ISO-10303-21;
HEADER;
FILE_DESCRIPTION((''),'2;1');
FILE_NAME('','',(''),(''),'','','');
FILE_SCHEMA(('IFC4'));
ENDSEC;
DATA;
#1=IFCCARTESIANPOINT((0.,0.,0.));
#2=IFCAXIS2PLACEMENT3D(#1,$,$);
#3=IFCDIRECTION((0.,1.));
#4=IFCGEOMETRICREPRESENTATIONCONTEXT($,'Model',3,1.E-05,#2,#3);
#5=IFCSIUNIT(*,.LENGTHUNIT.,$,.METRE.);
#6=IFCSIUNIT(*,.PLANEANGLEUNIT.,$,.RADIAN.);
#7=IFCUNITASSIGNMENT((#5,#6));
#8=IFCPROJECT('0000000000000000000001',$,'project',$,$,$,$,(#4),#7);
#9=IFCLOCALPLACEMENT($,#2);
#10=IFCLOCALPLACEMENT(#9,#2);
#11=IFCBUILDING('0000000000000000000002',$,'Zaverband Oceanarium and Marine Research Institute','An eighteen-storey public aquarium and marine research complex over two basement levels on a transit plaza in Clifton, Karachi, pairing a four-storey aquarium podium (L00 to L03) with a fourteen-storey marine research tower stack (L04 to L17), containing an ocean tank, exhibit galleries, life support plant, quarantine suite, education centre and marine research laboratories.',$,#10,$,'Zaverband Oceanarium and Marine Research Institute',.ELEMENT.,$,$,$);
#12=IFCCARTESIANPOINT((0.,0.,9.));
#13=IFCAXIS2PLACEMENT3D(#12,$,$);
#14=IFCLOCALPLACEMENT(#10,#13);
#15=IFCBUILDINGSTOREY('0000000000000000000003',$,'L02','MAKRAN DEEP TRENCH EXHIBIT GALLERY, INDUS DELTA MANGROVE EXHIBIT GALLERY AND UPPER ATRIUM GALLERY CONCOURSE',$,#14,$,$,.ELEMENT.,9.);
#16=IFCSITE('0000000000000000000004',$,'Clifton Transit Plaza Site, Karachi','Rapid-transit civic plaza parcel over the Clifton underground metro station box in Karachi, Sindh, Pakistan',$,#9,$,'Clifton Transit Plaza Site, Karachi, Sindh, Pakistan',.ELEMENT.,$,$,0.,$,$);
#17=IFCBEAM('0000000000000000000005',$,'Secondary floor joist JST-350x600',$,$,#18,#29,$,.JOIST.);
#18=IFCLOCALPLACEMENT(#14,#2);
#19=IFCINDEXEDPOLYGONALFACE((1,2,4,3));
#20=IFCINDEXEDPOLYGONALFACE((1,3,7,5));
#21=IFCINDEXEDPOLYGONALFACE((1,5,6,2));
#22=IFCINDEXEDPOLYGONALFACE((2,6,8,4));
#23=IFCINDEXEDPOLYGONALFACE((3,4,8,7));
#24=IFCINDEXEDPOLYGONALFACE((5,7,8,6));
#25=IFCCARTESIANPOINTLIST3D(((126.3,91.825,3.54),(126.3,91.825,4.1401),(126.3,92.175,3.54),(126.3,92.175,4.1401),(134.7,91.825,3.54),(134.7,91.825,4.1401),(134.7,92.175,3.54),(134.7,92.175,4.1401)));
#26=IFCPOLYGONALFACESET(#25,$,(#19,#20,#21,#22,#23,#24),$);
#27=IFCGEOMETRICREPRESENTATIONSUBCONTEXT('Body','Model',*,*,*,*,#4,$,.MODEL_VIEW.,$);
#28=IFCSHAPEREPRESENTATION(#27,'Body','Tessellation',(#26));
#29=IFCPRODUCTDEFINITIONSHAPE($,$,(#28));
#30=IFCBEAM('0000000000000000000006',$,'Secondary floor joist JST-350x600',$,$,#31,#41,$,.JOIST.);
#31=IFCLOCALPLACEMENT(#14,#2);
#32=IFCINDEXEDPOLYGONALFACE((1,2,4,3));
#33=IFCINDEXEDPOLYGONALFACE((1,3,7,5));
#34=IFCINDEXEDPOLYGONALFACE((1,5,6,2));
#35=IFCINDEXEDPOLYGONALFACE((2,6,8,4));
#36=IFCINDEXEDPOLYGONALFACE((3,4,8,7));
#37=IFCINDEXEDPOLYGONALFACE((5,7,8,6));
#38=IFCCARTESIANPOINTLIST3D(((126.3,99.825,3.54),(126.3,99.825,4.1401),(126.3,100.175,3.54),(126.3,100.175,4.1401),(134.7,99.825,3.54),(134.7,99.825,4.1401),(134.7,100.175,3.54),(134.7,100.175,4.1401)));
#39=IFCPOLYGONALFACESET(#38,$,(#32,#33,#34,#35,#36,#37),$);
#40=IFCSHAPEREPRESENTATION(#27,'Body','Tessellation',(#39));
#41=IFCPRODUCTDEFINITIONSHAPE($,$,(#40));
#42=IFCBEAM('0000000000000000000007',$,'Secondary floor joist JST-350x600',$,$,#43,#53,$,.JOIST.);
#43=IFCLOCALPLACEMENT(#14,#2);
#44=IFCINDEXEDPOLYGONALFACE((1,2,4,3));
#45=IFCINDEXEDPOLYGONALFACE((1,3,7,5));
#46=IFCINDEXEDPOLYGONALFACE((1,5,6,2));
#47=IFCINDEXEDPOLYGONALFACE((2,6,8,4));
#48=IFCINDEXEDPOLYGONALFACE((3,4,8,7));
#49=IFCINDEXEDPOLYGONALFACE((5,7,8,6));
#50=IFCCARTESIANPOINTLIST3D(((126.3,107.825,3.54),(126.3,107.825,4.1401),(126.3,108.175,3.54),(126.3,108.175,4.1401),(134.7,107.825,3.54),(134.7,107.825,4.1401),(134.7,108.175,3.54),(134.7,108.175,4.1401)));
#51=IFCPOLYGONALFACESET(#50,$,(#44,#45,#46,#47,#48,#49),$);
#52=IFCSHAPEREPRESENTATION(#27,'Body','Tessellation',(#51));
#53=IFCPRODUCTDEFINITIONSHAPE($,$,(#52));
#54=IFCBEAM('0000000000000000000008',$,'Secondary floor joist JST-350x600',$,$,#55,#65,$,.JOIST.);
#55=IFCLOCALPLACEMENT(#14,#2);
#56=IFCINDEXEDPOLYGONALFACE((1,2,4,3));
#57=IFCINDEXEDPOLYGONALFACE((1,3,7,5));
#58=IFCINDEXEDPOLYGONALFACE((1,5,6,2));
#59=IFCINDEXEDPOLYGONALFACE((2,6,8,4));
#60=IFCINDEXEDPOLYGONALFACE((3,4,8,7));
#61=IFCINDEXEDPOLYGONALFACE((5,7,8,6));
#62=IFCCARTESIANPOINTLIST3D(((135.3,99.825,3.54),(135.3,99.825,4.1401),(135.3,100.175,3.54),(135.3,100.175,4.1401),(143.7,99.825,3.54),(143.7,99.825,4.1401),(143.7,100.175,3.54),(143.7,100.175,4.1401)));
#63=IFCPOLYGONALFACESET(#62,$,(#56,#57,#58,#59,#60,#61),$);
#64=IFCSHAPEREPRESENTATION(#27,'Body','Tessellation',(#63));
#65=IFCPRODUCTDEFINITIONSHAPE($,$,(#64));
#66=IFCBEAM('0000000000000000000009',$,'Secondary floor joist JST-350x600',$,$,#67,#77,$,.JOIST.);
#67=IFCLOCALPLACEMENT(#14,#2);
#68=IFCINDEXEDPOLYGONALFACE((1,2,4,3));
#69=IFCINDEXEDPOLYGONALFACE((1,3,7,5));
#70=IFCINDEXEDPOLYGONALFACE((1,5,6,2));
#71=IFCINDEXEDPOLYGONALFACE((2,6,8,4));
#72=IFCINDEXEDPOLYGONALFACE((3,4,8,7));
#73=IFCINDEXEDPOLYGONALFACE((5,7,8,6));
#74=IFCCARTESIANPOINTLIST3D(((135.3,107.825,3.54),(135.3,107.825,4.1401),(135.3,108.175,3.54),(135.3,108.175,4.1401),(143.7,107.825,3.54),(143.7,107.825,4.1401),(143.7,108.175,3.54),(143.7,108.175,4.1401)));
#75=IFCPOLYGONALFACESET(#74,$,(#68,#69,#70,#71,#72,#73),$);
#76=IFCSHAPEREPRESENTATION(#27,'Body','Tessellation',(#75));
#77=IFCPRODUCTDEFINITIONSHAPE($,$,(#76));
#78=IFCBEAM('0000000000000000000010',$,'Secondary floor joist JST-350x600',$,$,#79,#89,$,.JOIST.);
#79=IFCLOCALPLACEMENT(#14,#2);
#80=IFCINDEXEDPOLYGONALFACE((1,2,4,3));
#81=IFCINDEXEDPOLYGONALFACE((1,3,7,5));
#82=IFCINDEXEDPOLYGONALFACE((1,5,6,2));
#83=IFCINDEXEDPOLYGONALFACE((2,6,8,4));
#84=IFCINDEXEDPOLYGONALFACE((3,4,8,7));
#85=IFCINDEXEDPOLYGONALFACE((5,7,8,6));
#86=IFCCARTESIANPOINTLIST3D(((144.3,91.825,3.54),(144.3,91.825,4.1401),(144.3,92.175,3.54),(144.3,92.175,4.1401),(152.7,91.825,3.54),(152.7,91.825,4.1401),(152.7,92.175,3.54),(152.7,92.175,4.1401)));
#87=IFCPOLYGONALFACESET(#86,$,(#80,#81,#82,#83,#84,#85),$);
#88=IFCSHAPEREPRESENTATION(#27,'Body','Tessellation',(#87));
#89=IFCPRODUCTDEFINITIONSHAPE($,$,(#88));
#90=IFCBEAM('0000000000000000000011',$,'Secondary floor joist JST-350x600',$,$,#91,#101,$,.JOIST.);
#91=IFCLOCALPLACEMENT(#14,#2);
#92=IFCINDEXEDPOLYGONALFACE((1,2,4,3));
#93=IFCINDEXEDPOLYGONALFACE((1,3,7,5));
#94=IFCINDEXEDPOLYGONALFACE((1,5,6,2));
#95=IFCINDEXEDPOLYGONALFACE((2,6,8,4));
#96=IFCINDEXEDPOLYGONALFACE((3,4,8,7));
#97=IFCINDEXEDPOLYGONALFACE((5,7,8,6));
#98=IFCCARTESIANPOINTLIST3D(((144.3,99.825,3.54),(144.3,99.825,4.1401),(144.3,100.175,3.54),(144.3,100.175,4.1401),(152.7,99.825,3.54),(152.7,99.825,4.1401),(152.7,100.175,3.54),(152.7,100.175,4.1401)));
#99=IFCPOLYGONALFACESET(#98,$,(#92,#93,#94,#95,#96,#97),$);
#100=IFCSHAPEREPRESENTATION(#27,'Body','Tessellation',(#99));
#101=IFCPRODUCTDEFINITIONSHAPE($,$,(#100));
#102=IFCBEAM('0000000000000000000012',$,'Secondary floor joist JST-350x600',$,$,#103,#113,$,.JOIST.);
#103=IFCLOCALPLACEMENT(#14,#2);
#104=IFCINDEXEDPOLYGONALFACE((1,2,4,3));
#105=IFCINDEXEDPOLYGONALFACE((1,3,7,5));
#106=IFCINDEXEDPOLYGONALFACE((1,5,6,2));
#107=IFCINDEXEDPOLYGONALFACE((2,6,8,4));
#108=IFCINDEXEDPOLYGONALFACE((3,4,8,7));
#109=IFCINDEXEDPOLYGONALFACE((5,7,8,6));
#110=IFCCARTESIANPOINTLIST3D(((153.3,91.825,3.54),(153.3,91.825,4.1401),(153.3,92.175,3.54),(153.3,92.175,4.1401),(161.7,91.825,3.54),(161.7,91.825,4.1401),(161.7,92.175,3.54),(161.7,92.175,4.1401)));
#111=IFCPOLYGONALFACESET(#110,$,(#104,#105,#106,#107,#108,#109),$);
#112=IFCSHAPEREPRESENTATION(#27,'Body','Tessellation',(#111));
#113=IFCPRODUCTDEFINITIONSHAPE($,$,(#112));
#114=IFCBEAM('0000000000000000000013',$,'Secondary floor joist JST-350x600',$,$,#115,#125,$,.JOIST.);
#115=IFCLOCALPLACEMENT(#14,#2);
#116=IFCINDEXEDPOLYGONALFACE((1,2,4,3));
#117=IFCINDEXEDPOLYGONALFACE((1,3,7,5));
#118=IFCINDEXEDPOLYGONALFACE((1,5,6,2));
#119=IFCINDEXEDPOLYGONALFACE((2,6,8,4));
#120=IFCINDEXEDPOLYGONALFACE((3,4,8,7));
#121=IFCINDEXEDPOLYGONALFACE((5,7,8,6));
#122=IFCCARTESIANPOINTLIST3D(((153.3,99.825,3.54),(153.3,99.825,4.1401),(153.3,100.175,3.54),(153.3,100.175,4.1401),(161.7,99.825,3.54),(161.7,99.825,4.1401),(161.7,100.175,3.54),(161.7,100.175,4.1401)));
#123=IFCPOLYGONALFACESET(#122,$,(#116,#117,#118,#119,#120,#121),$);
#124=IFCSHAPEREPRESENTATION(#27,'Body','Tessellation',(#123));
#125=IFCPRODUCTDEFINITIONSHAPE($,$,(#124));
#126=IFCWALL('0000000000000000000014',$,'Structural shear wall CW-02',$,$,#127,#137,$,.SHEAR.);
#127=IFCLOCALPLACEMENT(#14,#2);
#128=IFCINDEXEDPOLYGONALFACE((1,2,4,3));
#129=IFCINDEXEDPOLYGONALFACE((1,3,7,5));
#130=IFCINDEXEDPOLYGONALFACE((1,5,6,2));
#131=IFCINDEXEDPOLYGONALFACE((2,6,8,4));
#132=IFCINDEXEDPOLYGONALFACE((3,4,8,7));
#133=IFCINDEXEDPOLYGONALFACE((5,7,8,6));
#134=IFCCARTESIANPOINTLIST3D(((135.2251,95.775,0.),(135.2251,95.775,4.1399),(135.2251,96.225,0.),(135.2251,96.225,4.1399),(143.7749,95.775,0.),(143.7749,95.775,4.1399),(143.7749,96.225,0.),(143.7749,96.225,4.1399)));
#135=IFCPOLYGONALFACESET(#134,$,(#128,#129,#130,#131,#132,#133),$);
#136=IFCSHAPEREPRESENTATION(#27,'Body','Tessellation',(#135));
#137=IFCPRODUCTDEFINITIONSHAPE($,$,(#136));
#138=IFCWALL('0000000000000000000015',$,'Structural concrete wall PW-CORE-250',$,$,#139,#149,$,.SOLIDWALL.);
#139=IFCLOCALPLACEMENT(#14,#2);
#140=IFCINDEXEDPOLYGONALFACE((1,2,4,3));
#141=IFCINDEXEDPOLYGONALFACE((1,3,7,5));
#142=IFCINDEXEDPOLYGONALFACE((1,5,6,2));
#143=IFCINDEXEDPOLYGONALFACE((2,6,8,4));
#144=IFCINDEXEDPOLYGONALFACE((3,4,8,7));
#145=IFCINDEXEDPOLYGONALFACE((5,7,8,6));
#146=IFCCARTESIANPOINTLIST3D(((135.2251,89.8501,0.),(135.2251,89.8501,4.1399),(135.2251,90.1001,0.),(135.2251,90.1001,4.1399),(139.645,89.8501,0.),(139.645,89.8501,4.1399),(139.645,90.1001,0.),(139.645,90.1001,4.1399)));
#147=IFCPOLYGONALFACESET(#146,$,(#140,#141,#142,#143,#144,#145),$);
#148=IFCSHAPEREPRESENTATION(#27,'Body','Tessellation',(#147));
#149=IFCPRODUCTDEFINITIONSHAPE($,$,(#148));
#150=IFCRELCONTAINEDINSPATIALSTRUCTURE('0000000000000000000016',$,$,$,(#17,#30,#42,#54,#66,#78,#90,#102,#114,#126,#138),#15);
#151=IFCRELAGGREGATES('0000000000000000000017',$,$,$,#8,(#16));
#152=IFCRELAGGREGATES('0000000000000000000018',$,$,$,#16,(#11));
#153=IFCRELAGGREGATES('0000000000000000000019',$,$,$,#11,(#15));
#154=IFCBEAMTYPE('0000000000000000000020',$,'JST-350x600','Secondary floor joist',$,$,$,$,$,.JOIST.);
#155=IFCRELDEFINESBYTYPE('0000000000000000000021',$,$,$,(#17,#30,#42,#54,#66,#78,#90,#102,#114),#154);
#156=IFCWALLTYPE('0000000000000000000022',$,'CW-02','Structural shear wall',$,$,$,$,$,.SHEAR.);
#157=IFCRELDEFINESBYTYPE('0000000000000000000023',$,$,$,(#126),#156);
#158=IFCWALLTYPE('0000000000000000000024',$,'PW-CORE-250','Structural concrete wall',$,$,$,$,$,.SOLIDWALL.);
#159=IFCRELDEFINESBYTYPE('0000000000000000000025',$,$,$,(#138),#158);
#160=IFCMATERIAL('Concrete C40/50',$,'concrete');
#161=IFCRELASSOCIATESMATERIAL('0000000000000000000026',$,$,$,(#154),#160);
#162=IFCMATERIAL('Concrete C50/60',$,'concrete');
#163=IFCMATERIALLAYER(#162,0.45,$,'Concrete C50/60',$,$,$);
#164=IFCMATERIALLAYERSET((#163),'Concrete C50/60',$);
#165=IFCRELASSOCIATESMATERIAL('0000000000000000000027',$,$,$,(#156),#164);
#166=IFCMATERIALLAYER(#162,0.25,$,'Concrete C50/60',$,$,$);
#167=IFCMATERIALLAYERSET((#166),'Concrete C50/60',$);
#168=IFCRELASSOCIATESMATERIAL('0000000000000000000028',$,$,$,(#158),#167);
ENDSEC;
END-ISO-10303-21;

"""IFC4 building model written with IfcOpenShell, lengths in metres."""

from ifc_helpers import new_model, si_unit, direction, frame, frame_2d, origin, origin_2d, place, context, subcontext, project, spatial, rectangle, extrude, material, layer, layer_set, material_profile, profile_set, type_object, element, save


model = new_model("IFC4")

# Units and contexts
model_context = context("Model", 3, precision=1e-05, world=origin(), true_north=direction((0.0, 1.0)))
body_context = subcontext(model_context, "Body", "Model", "MODEL_VIEW")
ifc_project = project(units=[si_unit("LENGTHUNIT", "METRE"), si_unit("PLANEANGLEUNIT", "RADIAN")], contexts=[model_context])

# Site, building, storey
site_placement = place(None, origin())
site = spatial("IfcSite", under=ifc_project, at=site_placement, Name="Clifton Transit Plaza Site, Karachi", Description="Rapid-transit civic plaza parcel over the Clifton underground metro station box in Karachi, Sindh, Pakistan", LongName="Clifton Transit Plaza Site, Karachi, Sindh, Pakistan", CompositionType="ELEMENT", RefElevation=0.0)
building_placement = place(site_placement, origin())
building = spatial("IfcBuilding", under=site, at=building_placement, Name="Zaverband Oceanarium and Marine Research Institute", Description="An eighteen-storey public aquarium and marine research complex over two basement levels on a transit plaza in Clifton, Karachi, pairing a four-storey aquarium podium (L00 to L03) with a fourteen-storey marine research tower stack (L04 to L17), containing an ocean tank, exhibit galleries, life support plant, quarantine suite, education centre and marine research laboratories.", LongName="Zaverband Oceanarium and Marine Research Institute", CompositionType="ELEMENT")
storey_placement = place(building_placement, frame((0.0, 0.0, 9.0)))
storey = spatial("IfcBuildingStorey", under=building, at=storey_placement, Name="L02", Description="MAKRAN DEEP TRENCH EXHIBIT GALLERY, INDUS DELTA MANGROVE EXHIBIT GALLERY AND UPPER ATRIUM GALLERY CONCOURSE", CompositionType="ELEMENT", Elevation=9.0)

# Shared definitions
ifc_material_1 = material(Name="Concrete C50/60", Category="concrete")

# Beams
ifc_material_2 = material(Name="Concrete C40/50", Category="concrete")
ifc_material_profile_1 = material_profile(ifc_material_2, rectangle(XDim=0.3501, YDim=0.6001, at=origin_2d()), Name="RC350x600")
ifc_profile_set_1 = profile_set([ifc_material_profile_1], Name="Concrete C40/50")
beam_type_1 = type_object("IfcBeamType", Name="JST-350x600", Description="Secondary floor joist", PredefinedType="JOIST", material=ifc_profile_set_1)
for number, where, z_axis, x_axis, name in (
    (1, (126.3, 92.0, 3.8401), (1.0, 0.0, 0.0), (0.0, 1.0, 0.0), "Secondary floor joist JST-350x600"),
    (2, (126.3, 100.0, 3.8401), (1.0, 0.0, 0.0), (0.0, 1.0, 0.0), "Secondary floor joist JST-350x600"),
    (3, (126.3, 108.0, 3.8401), (1.0, 0.0, 0.0), (0.0, 1.0, 0.0), "Secondary floor joist JST-350x600"),
    (4, (135.3, 100.0, 3.8401), (1.0, 0.0, 0.0), (0.0, 1.0, 0.0), "Secondary floor joist JST-350x600"),
    (5, (135.3, 108.0, 3.8401), (1.0, 0.0, 0.0), (0.0, 1.0, 0.0), "Secondary floor joist JST-350x600"),
    (6, (144.3, 92.0, 3.8401), (1.0, 0.0, 0.0), (0.0, 1.0, 0.0), "Secondary floor joist JST-350x600"),
    (7, (144.3, 100.0, 3.8401), (1.0, 0.0, 0.0), (0.0, 1.0, 0.0), "Secondary floor joist JST-350x600"),
    (8, (153.3, 92.0, 3.8401), (1.0, 0.0, 0.0), (0.0, 1.0, 0.0), "Secondary floor joist JST-350x600"),
    (9, (153.3, 100.0, 3.8401), (1.0, 0.0, 0.0), (0.0, 1.0, 0.0), "Secondary floor joist JST-350x600"),
):
    element("IfcBeam", number, at=place(storey_placement, frame(where, z_axis=z_axis, x_axis=x_axis)), inside=storey, type_object=beam_type_1, Name=name, PredefinedType="JOIST", context=body_context, shape_type="SweptSolid", body=[
        extrude(rectangle(XDim=0.3501, YDim=0.6001, at=origin_2d()), origin(), (0.0, 0.0, 1.0), 8.3999),
    ])

# Walls
ifc_layer_1 = layer(ifc_material_1, 0.45, Name="Concrete C50/60")
ifc_layer_set_1 = layer_set([ifc_layer_1], Name="Concrete C50/60")
wall_type_1 = type_object("IfcWallType", Name="CW-02", Description="Structural shear wall", PredefinedType="SHEAR", material=ifc_layer_set_1)
wall_1_placement = place(storey_placement, frame((135.2251, 96.0, 0.0), z_axis=(0.0, 0.0, 1.0), x_axis=(1.0, 0.0, 0.0)))
element("IfcWall", 10, at=wall_1_placement, inside=storey, type_object=wall_type_1, Name="Structural shear wall CW-02", PredefinedType="SHEAR", context=body_context, shape_type="SweptSolid", body=[
    extrude(rectangle(XDim=8.5498, YDim=0.45, at=frame_2d((4.2749, 0.0))), origin(), (0.0, 0.0, 1.0), 4.1399),
])
ifc_layer_2 = layer(ifc_material_1, 0.25, Name="Concrete C50/60")
ifc_layer_set_2 = layer_set([ifc_layer_2], Name="Concrete C50/60")
wall_type_2 = type_object("IfcWallType", Name="PW-CORE-250", Description="Structural concrete wall", PredefinedType="SOLIDWALL", material=ifc_layer_set_2)
wall_2_placement = place(storey_placement, frame((135.2251, 89.9751, 0.0), z_axis=(0.0, 0.0, 1.0), x_axis=(1.0, 0.0, 0.0)))
element("IfcWall", 11, at=wall_2_placement, inside=storey, type_object=wall_type_2, Name="Structural concrete wall PW-CORE-250", PredefinedType="SOLIDWALL", context=body_context, shape_type="SweptSolid", body=[
    extrude(rectangle(XDim=4.4199, YDim=0.25, at=frame_2d((2.21, 0.0))), origin(), (0.0, 0.0, 1.0), 4.1399),
])

save(model, "model.ifc")
